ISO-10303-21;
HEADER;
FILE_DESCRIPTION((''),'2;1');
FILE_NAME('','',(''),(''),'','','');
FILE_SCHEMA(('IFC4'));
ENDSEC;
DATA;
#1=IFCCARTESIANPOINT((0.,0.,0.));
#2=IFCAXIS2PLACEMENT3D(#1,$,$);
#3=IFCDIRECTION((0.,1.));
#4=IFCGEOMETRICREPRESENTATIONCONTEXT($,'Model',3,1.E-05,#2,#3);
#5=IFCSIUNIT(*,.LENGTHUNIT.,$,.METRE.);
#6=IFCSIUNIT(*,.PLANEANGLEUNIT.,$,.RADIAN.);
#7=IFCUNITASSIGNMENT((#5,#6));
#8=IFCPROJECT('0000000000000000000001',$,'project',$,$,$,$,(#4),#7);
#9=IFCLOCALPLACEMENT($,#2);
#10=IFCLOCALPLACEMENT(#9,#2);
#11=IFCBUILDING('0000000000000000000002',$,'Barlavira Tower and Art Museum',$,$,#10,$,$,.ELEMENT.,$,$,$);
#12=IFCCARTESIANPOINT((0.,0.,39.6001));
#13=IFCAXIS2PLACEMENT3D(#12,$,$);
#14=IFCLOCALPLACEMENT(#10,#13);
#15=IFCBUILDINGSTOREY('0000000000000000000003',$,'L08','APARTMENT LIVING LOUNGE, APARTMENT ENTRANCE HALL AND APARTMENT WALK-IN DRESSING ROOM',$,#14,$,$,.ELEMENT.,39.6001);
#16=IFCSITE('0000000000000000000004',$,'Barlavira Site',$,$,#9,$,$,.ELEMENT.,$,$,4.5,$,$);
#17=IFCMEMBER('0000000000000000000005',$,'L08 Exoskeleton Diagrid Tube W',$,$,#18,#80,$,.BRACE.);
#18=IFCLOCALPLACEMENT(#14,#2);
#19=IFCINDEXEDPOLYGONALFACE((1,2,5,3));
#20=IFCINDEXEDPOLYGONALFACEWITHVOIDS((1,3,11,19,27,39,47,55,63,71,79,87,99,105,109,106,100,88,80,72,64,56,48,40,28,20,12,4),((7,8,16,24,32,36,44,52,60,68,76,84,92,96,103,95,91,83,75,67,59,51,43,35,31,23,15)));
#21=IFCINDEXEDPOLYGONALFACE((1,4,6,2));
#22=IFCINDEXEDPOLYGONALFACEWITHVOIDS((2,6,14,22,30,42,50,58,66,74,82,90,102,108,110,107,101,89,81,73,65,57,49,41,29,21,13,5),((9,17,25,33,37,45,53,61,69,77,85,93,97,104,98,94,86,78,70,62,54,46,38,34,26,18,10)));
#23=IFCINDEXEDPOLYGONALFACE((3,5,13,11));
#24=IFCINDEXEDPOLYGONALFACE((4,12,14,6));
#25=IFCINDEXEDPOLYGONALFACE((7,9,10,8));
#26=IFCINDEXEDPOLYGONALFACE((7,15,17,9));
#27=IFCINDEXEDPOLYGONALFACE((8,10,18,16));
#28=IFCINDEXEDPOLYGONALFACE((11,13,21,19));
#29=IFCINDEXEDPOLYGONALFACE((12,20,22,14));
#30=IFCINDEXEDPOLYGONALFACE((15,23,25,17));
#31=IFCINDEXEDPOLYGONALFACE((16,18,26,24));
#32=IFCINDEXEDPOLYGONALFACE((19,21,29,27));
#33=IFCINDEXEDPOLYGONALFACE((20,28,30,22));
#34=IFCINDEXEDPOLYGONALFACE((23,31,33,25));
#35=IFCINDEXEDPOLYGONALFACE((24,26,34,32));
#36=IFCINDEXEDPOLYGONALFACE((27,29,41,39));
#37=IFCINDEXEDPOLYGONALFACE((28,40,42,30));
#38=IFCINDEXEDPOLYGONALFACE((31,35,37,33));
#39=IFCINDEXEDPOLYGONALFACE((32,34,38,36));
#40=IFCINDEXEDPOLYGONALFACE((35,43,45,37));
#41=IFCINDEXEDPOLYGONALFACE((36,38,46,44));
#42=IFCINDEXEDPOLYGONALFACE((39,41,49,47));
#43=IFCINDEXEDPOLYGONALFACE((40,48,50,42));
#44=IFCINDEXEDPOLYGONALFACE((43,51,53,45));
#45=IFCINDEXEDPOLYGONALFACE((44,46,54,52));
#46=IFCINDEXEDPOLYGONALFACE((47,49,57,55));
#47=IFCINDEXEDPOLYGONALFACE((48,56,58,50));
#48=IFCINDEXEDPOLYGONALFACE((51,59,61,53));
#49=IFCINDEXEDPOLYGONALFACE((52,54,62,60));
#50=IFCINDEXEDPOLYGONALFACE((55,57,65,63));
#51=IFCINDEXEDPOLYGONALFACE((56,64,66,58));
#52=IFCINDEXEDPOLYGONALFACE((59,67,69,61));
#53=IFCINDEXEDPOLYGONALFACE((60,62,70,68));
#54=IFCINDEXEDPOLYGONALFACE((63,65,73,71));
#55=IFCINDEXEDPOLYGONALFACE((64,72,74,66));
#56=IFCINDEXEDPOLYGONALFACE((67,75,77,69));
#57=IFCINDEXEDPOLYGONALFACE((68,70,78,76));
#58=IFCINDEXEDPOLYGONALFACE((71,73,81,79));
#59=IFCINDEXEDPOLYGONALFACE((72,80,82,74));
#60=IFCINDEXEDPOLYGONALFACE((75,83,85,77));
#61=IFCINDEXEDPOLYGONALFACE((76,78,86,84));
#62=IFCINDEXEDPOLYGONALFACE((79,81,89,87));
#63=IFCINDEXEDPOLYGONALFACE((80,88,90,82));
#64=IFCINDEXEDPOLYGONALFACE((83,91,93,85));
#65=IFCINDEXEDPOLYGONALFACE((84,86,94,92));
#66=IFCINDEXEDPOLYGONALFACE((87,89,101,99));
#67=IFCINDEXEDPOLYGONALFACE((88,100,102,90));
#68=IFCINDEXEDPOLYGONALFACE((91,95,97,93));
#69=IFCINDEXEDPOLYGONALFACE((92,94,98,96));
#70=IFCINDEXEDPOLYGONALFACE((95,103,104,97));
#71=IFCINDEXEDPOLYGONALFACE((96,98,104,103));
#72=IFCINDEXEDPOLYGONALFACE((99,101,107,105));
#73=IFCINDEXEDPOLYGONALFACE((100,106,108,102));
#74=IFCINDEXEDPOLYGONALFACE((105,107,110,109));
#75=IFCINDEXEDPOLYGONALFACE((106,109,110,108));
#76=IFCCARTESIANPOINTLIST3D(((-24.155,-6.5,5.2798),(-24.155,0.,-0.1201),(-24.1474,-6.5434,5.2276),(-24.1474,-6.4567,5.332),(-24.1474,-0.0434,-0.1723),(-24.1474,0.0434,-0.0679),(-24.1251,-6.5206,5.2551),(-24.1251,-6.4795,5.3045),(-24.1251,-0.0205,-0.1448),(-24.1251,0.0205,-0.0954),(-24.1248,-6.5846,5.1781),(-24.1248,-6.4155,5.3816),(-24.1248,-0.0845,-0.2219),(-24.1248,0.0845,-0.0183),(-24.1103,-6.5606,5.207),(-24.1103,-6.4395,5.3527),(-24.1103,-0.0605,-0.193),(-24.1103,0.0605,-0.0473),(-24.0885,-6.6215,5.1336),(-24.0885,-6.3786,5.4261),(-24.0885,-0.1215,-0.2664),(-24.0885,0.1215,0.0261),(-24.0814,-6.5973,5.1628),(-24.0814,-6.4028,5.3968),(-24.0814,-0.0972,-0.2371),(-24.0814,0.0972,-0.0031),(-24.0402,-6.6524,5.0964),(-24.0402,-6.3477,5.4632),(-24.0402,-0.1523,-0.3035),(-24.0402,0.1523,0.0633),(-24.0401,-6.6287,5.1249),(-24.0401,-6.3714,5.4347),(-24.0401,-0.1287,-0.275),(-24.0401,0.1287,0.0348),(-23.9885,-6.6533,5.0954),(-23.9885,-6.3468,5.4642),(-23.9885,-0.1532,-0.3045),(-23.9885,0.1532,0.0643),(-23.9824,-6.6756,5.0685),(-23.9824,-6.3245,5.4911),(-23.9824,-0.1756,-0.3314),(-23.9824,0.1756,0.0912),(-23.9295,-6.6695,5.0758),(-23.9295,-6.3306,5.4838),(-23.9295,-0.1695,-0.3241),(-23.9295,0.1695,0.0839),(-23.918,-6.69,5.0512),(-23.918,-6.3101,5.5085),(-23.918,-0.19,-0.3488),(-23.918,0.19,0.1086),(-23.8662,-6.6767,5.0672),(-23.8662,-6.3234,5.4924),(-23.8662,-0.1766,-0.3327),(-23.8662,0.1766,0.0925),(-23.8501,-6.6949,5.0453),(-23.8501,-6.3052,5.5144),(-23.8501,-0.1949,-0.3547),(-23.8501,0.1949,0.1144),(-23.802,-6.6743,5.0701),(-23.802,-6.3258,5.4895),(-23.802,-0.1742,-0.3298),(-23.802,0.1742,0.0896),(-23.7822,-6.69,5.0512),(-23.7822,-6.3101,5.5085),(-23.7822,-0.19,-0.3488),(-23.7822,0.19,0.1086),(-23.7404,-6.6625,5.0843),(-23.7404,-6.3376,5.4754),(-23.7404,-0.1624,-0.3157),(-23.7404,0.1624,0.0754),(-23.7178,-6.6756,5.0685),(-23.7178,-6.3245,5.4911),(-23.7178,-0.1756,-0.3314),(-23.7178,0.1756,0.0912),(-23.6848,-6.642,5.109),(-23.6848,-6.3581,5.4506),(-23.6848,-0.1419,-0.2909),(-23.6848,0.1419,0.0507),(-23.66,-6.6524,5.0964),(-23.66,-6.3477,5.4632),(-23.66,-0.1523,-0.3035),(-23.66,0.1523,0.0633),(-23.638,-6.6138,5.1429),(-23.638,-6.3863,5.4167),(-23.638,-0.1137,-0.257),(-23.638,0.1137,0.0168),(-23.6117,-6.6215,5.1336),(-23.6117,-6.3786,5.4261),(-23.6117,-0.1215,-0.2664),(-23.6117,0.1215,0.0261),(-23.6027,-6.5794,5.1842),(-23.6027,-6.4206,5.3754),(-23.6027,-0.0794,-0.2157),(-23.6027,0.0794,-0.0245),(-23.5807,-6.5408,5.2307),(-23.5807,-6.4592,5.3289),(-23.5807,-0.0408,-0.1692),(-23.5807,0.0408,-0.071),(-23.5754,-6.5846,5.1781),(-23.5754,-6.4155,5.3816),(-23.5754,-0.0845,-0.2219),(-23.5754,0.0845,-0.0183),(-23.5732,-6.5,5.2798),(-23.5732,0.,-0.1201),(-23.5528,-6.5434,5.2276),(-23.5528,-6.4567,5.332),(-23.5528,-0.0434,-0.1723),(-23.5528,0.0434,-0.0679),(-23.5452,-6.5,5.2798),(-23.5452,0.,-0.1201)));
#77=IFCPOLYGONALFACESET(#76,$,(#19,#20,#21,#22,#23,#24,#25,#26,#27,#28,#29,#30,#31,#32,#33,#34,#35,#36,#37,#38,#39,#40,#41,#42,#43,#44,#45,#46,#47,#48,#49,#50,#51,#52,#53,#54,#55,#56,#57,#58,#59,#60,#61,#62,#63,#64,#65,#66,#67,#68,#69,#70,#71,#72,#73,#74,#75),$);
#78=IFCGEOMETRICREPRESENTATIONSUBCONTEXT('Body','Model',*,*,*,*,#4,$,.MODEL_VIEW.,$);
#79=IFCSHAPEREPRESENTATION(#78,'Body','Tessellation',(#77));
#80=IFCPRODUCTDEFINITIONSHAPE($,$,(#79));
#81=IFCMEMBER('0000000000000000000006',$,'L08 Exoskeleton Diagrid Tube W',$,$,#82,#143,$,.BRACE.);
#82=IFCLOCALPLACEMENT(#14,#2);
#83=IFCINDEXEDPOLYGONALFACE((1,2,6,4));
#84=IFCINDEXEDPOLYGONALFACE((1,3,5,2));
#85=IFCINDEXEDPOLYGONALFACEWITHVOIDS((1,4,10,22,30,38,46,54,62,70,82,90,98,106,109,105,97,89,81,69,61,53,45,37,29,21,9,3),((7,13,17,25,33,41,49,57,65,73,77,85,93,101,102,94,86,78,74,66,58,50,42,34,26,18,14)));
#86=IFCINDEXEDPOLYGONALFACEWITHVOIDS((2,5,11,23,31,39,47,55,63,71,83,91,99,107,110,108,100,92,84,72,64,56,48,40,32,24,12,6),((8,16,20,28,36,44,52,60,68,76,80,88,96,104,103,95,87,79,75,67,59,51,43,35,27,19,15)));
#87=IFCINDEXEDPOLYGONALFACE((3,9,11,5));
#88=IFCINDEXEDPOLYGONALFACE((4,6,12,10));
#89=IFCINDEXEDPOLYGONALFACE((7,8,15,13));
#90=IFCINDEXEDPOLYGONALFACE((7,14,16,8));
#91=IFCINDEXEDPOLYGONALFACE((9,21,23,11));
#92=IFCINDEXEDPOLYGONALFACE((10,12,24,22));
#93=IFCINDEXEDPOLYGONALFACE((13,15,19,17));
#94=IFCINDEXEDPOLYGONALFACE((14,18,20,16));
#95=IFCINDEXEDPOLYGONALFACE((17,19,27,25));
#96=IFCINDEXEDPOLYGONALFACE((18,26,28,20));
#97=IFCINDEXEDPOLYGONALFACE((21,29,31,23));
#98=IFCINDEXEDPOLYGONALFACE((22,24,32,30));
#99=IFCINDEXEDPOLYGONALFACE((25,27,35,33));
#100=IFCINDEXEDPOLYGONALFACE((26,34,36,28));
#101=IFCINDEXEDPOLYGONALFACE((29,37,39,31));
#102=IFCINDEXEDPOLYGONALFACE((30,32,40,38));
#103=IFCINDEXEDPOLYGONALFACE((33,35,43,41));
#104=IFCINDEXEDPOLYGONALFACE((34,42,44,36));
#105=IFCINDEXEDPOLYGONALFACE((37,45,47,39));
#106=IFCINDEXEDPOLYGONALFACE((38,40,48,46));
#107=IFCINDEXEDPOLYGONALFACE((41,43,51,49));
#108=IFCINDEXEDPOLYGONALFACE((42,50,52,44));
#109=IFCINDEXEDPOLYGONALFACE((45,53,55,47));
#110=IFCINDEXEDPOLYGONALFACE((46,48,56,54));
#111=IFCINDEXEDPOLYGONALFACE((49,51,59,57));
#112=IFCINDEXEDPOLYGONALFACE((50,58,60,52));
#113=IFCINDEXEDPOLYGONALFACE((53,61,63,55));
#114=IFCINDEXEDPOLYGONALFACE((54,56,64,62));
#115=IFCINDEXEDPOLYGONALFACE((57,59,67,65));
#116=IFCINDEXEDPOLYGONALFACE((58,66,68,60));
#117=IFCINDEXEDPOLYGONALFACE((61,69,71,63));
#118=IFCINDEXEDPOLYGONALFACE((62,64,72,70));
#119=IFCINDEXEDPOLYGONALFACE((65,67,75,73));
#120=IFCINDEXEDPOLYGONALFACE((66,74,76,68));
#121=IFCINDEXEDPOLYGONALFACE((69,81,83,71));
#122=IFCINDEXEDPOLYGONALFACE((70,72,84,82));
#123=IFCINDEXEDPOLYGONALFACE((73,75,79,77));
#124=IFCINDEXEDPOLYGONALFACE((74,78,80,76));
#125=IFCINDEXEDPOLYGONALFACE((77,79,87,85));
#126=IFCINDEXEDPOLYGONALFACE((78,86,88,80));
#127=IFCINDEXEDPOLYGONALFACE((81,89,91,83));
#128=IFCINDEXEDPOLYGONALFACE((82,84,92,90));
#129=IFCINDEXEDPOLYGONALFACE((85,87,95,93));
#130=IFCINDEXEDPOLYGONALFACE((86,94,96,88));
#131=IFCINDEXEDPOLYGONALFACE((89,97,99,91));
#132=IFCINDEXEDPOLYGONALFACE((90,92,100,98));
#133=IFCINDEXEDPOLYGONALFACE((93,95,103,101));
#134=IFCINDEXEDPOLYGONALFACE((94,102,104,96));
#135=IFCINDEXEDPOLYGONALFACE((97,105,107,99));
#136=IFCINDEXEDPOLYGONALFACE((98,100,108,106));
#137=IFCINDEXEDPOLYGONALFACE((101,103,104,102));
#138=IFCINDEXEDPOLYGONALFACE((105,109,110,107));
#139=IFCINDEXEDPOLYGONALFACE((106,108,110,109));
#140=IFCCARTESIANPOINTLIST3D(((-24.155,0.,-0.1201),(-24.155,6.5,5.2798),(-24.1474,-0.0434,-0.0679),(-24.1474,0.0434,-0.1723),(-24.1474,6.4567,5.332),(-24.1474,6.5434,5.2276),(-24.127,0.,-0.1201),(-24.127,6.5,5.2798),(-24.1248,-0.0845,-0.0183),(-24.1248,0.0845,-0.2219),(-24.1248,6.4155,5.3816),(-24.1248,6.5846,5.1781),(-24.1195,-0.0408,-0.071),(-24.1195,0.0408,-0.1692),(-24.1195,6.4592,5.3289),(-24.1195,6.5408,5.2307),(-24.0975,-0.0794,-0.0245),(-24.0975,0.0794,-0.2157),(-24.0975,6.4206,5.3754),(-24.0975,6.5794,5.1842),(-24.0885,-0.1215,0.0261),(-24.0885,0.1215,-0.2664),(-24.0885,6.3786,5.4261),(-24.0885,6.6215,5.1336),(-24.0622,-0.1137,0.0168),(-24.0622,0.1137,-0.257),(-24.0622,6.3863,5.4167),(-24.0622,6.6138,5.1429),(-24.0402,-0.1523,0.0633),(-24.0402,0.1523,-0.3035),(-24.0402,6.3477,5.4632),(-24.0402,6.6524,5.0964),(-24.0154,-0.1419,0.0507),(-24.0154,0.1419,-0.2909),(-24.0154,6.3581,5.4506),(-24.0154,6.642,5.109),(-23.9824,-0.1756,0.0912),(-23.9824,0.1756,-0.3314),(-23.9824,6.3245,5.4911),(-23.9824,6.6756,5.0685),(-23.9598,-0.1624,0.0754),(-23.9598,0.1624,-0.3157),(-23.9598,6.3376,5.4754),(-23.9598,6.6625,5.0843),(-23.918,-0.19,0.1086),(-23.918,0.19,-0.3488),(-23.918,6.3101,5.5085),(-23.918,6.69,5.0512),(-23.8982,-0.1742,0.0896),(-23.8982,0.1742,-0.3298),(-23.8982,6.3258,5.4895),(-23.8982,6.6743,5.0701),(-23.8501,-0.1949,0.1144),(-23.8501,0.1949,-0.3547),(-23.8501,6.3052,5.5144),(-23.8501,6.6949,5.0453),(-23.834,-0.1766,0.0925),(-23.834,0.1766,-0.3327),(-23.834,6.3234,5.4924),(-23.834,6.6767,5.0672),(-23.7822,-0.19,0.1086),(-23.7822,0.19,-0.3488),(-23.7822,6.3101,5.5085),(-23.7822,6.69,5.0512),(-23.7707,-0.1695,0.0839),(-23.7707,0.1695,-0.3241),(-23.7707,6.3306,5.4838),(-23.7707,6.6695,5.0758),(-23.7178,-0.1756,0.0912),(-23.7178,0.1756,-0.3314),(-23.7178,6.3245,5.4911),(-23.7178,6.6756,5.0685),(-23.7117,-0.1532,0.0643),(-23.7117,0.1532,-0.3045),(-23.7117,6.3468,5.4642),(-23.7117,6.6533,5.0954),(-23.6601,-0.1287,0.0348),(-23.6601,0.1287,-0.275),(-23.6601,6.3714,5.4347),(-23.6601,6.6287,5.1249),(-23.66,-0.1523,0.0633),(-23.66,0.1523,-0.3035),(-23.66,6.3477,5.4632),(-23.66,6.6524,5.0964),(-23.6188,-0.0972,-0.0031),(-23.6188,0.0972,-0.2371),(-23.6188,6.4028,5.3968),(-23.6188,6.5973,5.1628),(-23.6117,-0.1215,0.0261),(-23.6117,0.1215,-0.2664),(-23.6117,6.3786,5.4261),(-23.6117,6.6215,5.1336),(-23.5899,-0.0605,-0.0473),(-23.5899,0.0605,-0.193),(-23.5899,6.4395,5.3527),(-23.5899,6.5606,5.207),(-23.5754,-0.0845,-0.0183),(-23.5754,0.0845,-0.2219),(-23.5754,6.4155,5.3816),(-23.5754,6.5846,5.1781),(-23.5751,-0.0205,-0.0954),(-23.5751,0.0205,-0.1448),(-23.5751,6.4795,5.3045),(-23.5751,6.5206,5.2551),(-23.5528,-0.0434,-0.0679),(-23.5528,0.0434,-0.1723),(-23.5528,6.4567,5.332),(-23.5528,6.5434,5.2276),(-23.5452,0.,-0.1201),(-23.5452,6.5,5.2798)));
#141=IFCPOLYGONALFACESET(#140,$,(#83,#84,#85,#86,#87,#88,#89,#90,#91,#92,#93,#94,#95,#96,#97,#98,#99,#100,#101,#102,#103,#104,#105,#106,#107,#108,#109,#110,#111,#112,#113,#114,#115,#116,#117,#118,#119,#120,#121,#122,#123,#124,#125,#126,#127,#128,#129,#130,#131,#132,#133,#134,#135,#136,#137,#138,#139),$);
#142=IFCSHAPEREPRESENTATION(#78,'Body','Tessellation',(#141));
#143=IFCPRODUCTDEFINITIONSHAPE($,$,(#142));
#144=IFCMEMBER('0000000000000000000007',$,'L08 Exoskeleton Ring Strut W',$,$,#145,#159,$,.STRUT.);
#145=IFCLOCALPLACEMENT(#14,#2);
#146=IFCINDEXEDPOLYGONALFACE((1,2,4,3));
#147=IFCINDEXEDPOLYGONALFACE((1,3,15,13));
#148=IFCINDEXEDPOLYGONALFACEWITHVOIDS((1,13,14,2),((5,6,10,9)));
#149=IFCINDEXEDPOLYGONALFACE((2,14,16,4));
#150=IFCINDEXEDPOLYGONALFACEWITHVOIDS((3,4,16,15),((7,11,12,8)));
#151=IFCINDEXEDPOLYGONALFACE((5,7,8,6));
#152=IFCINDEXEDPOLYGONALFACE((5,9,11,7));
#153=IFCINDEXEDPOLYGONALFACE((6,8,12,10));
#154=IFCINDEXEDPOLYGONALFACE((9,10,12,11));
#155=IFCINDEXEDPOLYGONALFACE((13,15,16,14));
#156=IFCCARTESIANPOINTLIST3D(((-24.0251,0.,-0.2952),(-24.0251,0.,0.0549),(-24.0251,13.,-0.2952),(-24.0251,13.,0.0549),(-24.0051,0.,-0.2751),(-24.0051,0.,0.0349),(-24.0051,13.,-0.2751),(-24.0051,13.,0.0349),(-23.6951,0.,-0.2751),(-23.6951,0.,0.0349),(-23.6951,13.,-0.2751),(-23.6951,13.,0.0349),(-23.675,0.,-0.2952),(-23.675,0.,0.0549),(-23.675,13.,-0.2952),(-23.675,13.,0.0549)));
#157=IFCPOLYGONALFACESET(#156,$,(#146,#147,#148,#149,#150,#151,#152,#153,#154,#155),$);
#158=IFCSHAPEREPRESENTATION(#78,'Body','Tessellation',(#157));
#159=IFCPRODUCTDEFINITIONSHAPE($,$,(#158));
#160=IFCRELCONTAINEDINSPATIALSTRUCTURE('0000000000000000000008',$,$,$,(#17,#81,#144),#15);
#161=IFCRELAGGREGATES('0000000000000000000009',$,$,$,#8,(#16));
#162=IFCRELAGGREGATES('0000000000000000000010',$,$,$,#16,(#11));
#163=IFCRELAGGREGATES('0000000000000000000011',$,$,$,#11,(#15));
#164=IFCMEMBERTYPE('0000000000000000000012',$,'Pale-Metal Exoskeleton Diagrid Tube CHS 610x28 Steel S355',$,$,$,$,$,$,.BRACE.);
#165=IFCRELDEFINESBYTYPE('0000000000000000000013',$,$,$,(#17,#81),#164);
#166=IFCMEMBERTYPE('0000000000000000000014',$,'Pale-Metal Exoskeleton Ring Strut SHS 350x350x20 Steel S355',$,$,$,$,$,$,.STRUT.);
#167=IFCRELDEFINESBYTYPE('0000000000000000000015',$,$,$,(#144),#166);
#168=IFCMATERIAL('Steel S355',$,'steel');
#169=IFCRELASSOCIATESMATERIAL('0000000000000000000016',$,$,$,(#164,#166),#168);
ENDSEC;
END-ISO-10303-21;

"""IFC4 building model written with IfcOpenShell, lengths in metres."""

from ifc_helpers import new_model, si_unit, direction, frame, origin, origin_2d, place, context, subcontext, project, spatial, hollow_rectangle, hollow_circle, extrude, material, material_profile, profile_set, type_object, element, save


model = new_model("IFC4")

# Units and contexts
model_context = context("Model", 3, precision=1e-05, world=origin(), true_north=direction((0.0, 1.0)))
body_context = subcontext(model_context, "Body", "Model", "MODEL_VIEW")
ifc_project = project(units=[si_unit("LENGTHUNIT", "METRE"), si_unit("PLANEANGLEUNIT", "RADIAN")], contexts=[model_context])

# Site, building, storey
site_placement = place(None, origin())
site = spatial("IfcSite", under=ifc_project, at=site_placement, Name="Barlavira Site", CompositionType="ELEMENT", RefElevation=4.5)
building_placement = place(site_placement, origin())
building = spatial("IfcBuilding", under=site, at=building_placement, Name="Barlavira Tower and Art Museum", CompositionType="ELEMENT")
storey_placement = place(building_placement, frame((0.0, 0.0, 39.6001)))
storey = spatial("IfcBuildingStorey", under=building, at=storey_placement, Name="L08", Description="APARTMENT LIVING LOUNGE, APARTMENT ENTRANCE HALL AND APARTMENT WALK-IN DRESSING ROOM", CompositionType="ELEMENT", Elevation=39.6001)

# Members
ifc_material_1 = material(Name="Steel S355", Category="steel")
ifc_material_profile_1 = material_profile(ifc_material_1, hollow_circle(Radius=0.3049, WallThickness=0.0281, at=origin_2d()), Name="CHS 610.0x28.0")
ifc_profile_set_1 = profile_set([ifc_material_profile_1], Name="Steel S355")
member_type_1 = type_object("IfcMemberType", Name="Pale-Metal Exoskeleton Diagrid Tube CHS 610x28 Steel S355", PredefinedType="BRACE", material=ifc_profile_set_1)
for number, where, z_axis, x_axis, name in (
    (1, (-23.8501, 0.0, -0.1201), (0.0, -0.769196, 0.639013), (1.0, 0.0, 0.0), "L08 Exoskeleton Diagrid Tube W"),
    (2, (-23.8501, 0.0, -0.1201), (0.0, 0.769196, 0.639013), (-1.0, 0.0, 0.0), "L08 Exoskeleton Diagrid Tube W"),
):
    element("IfcMember", number, at=place(storey_placement, frame(where, z_axis=z_axis, x_axis=x_axis)), inside=storey, type_object=member_type_1, Name=name, PredefinedType="BRACE", context=body_context, shape_type="SweptSolid", body=[
        extrude(hollow_circle(Radius=0.3049, WallThickness=0.0281, at=origin_2d()), origin(), (0.0, 0.0, 1.0), 8.4504),
    ])
ifc_material_profile_2 = material_profile(ifc_material_1, hollow_rectangle(XDim=0.3501, YDim=0.3501, WallThickness=0.02, at=origin_2d()), Name="SHS 350x350x20.0")
ifc_profile_set_2 = profile_set([ifc_material_profile_2], Name="Steel S355")
member_type_2 = type_object("IfcMemberType", Name="Pale-Metal Exoskeleton Ring Strut SHS 350x350x20 Steel S355", PredefinedType="STRUT", material=ifc_profile_set_2)
member_1_placement = place(storey_placement, frame((-23.8501, 0.0, -0.1201), z_axis=(0.0, 1.0, 0.0), x_axis=(-1.0, 0.0, 0.0)))
element("IfcMember", 3, at=member_1_placement, inside=storey, type_object=member_type_2, Name="L08 Exoskeleton Ring Strut W", PredefinedType="STRUT", context=body_context, shape_type="SweptSolid", body=[
    extrude(hollow_rectangle(XDim=0.3501, YDim=0.3501, WallThickness=0.02, at=origin_2d()), origin(), (0.0, 0.0, 1.0), 13.0),
])

save(model, "model.ifc")
